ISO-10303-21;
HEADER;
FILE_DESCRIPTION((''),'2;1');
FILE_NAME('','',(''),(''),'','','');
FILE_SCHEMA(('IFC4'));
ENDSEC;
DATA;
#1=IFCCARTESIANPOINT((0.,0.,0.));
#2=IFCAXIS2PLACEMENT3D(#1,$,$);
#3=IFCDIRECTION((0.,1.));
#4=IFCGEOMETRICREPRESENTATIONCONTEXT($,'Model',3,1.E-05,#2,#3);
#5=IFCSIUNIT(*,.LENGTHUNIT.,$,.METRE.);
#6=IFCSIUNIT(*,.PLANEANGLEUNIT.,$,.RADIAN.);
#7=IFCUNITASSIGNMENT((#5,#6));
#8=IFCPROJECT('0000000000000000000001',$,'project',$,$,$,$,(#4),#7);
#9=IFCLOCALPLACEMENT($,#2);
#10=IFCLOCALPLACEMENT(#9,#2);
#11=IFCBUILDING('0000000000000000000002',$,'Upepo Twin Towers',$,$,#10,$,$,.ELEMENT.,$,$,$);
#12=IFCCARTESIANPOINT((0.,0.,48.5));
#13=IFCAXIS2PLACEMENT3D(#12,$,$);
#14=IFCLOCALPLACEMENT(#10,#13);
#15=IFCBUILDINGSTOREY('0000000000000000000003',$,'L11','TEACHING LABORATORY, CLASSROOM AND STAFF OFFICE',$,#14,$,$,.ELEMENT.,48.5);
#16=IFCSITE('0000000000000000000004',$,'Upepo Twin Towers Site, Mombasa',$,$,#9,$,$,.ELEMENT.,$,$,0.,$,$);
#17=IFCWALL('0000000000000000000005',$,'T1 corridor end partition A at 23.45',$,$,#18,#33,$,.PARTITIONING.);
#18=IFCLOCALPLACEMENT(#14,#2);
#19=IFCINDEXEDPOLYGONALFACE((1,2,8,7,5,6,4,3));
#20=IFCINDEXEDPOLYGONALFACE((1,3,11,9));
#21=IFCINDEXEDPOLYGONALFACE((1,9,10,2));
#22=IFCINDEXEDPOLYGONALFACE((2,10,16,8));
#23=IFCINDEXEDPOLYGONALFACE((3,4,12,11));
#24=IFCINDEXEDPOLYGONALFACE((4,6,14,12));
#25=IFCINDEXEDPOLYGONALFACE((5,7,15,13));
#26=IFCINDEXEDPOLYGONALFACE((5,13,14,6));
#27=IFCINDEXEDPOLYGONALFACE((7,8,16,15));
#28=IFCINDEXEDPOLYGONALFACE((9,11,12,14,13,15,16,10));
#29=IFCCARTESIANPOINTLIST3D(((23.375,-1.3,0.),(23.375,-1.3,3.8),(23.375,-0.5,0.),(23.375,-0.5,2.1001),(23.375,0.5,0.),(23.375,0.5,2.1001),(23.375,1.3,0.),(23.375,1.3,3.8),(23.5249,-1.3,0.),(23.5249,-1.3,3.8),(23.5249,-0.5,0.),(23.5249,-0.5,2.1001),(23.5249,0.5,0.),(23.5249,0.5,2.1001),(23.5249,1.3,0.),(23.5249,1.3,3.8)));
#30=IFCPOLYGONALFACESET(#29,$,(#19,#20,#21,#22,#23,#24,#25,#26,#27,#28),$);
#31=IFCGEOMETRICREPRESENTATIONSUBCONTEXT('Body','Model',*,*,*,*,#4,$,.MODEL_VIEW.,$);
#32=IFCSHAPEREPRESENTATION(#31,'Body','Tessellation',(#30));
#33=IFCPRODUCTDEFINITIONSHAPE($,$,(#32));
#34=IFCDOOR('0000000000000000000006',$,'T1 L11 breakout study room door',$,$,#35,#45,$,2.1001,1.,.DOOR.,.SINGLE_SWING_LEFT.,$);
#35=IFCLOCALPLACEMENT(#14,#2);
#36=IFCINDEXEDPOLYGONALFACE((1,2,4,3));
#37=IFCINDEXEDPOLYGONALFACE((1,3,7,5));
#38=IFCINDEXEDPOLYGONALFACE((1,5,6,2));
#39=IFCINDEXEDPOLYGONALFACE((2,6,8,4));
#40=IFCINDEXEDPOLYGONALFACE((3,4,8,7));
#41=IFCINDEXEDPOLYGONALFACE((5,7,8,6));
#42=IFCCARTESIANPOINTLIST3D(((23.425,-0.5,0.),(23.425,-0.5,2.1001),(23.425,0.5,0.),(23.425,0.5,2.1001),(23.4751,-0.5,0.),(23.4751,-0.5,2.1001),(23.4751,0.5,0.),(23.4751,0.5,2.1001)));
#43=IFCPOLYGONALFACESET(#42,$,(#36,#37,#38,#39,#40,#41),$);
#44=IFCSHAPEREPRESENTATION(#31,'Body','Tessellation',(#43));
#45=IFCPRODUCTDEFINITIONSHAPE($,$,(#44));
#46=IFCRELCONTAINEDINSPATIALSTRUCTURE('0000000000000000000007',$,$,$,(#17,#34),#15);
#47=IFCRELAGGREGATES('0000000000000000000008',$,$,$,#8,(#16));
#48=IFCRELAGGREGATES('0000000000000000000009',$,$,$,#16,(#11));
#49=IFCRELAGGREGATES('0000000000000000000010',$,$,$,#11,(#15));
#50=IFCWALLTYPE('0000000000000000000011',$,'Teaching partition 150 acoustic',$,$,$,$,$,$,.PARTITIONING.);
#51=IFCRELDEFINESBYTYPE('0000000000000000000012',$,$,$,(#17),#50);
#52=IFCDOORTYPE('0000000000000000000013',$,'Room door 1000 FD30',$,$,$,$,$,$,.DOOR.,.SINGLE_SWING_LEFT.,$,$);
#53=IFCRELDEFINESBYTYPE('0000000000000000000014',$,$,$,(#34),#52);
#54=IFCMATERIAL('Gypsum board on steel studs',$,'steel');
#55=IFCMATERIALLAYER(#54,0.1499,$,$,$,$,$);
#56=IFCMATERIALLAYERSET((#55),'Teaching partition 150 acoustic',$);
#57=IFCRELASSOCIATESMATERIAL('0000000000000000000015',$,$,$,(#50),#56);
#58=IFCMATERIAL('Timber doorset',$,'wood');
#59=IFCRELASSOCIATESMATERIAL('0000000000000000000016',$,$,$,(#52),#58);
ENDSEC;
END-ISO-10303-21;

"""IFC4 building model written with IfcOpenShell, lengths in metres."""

from ifc_helpers import new_model, si_unit, direction, frame, frame_2d, origin, place, context, subcontext, project, spatial, rectangle, extrude, material, layer, layer_set, type_object, element, fill, save


model = new_model("IFC4")

# Units and contexts
model_context = context("Model", 3, precision=1e-05, world=origin(), true_north=direction((0.0, 1.0)))
body_context = subcontext(model_context, "Body", "Model", "MODEL_VIEW")
ifc_project = project(units=[si_unit("LENGTHUNIT", "METRE"), si_unit("PLANEANGLEUNIT", "RADIAN")], contexts=[model_context])

# Site, building, storey
site_placement = place(None, origin())
site = spatial("IfcSite", under=ifc_project, at=site_placement, Name="Upepo Twin Towers Site, Mombasa", CompositionType="ELEMENT", RefElevation=0.0)
building_placement = place(site_placement, origin())
building = spatial("IfcBuilding", under=site, at=building_placement, Name="Upepo Twin Towers", CompositionType="ELEMENT")
storey_placement = place(building_placement, frame((0.0, 0.0, 48.5)))
storey = spatial("IfcBuildingStorey", under=building, at=storey_placement, Name="L11", Description="TEACHING LABORATORY, CLASSROOM AND STAFF OFFICE", CompositionType="ELEMENT", Elevation=48.5)

# Shared definitions
ifc_material_1 = material(Name="Gypsum board on steel studs", Category="steel")
ifc_layer_1 = layer(ifc_material_1, 0.1499)
ifc_layer_set_1 = layer_set([ifc_layer_1], Name="Teaching partition 150 acoustic")
wall_type_1 = type_object("IfcWallType", Name="Teaching partition 150 acoustic", PredefinedType="PARTITIONING", material=ifc_layer_set_1)

# Shared definitions
ifc_material_2 = material(Name="Timber doorset", Category="wood")
door_type = type_object("IfcDoorType", Name="Room door 1000 FD30", OperationType="SINGLE_SWING_LEFT", PredefinedType="DOOR", material=ifc_material_2)

# Wall, opening, door
wall_1_placement = place(storey_placement, frame((23.45, -1.3, 0.0), z_axis=(0.0, 0.0, 1.0), x_axis=(0.0, 1.0, 0.0)))
wall_1 = element("IfcWall", 1, at=wall_1_placement, inside=storey, type_object=wall_type_1, Name="T1 corridor end partition A at 23.45", PredefinedType="PARTITIONING", context=body_context, shape_type="SweptSolid", body=[
    extrude(rectangle(XDim=2.6001, YDim=0.1499, at=frame_2d((1.3, 0.0))), origin(), (0.0, 0.0, 1.0), 3.8),
])
opening_1_placement = place(wall_1_placement, frame((0.8, 0.0, 0.0)))
opening_1 = element("IfcOpeningElement", 2, at=opening_1_placement, cuts=wall_1, PredefinedType="OPENING", context=body_context, shape_type="SweptSolid", body=[
    extrude(rectangle(XDim=1.0, YDim=2.1001, at=frame_2d((0.5, 1.05))), frame((0.0, 0.085, 0.0), z_axis=(0.0, -1.0, 0.0), x_axis=(1.0, 0.0, 0.0)), (0.0, 0.0, 1.0), 0.1699),
])
door_1_placement = place(opening_1_placement, origin())
door_1 = element("IfcDoor", 3, at=door_1_placement, inside=storey, type_object=door_type, Name="T1 L11 breakout study room door", OperationType="SINGLE_SWING_LEFT", OverallHeight=2.1001, OverallWidth=1.0, PredefinedType="DOOR", context=body_context, shape_type="SweptSolid", body=[
    extrude(rectangle(XDim=1.0, YDim=2.1001, at=frame_2d((0.5, 1.05))), frame((0.0, 0.0249, 0.0), z_axis=(0.0, -1.0, 0.0), x_axis=(1.0, 0.0, 0.0)), (0.0, 0.0, 1.0), 0.05),
])
fill(opening_1, door_1)

save(model, "model.ifc")
